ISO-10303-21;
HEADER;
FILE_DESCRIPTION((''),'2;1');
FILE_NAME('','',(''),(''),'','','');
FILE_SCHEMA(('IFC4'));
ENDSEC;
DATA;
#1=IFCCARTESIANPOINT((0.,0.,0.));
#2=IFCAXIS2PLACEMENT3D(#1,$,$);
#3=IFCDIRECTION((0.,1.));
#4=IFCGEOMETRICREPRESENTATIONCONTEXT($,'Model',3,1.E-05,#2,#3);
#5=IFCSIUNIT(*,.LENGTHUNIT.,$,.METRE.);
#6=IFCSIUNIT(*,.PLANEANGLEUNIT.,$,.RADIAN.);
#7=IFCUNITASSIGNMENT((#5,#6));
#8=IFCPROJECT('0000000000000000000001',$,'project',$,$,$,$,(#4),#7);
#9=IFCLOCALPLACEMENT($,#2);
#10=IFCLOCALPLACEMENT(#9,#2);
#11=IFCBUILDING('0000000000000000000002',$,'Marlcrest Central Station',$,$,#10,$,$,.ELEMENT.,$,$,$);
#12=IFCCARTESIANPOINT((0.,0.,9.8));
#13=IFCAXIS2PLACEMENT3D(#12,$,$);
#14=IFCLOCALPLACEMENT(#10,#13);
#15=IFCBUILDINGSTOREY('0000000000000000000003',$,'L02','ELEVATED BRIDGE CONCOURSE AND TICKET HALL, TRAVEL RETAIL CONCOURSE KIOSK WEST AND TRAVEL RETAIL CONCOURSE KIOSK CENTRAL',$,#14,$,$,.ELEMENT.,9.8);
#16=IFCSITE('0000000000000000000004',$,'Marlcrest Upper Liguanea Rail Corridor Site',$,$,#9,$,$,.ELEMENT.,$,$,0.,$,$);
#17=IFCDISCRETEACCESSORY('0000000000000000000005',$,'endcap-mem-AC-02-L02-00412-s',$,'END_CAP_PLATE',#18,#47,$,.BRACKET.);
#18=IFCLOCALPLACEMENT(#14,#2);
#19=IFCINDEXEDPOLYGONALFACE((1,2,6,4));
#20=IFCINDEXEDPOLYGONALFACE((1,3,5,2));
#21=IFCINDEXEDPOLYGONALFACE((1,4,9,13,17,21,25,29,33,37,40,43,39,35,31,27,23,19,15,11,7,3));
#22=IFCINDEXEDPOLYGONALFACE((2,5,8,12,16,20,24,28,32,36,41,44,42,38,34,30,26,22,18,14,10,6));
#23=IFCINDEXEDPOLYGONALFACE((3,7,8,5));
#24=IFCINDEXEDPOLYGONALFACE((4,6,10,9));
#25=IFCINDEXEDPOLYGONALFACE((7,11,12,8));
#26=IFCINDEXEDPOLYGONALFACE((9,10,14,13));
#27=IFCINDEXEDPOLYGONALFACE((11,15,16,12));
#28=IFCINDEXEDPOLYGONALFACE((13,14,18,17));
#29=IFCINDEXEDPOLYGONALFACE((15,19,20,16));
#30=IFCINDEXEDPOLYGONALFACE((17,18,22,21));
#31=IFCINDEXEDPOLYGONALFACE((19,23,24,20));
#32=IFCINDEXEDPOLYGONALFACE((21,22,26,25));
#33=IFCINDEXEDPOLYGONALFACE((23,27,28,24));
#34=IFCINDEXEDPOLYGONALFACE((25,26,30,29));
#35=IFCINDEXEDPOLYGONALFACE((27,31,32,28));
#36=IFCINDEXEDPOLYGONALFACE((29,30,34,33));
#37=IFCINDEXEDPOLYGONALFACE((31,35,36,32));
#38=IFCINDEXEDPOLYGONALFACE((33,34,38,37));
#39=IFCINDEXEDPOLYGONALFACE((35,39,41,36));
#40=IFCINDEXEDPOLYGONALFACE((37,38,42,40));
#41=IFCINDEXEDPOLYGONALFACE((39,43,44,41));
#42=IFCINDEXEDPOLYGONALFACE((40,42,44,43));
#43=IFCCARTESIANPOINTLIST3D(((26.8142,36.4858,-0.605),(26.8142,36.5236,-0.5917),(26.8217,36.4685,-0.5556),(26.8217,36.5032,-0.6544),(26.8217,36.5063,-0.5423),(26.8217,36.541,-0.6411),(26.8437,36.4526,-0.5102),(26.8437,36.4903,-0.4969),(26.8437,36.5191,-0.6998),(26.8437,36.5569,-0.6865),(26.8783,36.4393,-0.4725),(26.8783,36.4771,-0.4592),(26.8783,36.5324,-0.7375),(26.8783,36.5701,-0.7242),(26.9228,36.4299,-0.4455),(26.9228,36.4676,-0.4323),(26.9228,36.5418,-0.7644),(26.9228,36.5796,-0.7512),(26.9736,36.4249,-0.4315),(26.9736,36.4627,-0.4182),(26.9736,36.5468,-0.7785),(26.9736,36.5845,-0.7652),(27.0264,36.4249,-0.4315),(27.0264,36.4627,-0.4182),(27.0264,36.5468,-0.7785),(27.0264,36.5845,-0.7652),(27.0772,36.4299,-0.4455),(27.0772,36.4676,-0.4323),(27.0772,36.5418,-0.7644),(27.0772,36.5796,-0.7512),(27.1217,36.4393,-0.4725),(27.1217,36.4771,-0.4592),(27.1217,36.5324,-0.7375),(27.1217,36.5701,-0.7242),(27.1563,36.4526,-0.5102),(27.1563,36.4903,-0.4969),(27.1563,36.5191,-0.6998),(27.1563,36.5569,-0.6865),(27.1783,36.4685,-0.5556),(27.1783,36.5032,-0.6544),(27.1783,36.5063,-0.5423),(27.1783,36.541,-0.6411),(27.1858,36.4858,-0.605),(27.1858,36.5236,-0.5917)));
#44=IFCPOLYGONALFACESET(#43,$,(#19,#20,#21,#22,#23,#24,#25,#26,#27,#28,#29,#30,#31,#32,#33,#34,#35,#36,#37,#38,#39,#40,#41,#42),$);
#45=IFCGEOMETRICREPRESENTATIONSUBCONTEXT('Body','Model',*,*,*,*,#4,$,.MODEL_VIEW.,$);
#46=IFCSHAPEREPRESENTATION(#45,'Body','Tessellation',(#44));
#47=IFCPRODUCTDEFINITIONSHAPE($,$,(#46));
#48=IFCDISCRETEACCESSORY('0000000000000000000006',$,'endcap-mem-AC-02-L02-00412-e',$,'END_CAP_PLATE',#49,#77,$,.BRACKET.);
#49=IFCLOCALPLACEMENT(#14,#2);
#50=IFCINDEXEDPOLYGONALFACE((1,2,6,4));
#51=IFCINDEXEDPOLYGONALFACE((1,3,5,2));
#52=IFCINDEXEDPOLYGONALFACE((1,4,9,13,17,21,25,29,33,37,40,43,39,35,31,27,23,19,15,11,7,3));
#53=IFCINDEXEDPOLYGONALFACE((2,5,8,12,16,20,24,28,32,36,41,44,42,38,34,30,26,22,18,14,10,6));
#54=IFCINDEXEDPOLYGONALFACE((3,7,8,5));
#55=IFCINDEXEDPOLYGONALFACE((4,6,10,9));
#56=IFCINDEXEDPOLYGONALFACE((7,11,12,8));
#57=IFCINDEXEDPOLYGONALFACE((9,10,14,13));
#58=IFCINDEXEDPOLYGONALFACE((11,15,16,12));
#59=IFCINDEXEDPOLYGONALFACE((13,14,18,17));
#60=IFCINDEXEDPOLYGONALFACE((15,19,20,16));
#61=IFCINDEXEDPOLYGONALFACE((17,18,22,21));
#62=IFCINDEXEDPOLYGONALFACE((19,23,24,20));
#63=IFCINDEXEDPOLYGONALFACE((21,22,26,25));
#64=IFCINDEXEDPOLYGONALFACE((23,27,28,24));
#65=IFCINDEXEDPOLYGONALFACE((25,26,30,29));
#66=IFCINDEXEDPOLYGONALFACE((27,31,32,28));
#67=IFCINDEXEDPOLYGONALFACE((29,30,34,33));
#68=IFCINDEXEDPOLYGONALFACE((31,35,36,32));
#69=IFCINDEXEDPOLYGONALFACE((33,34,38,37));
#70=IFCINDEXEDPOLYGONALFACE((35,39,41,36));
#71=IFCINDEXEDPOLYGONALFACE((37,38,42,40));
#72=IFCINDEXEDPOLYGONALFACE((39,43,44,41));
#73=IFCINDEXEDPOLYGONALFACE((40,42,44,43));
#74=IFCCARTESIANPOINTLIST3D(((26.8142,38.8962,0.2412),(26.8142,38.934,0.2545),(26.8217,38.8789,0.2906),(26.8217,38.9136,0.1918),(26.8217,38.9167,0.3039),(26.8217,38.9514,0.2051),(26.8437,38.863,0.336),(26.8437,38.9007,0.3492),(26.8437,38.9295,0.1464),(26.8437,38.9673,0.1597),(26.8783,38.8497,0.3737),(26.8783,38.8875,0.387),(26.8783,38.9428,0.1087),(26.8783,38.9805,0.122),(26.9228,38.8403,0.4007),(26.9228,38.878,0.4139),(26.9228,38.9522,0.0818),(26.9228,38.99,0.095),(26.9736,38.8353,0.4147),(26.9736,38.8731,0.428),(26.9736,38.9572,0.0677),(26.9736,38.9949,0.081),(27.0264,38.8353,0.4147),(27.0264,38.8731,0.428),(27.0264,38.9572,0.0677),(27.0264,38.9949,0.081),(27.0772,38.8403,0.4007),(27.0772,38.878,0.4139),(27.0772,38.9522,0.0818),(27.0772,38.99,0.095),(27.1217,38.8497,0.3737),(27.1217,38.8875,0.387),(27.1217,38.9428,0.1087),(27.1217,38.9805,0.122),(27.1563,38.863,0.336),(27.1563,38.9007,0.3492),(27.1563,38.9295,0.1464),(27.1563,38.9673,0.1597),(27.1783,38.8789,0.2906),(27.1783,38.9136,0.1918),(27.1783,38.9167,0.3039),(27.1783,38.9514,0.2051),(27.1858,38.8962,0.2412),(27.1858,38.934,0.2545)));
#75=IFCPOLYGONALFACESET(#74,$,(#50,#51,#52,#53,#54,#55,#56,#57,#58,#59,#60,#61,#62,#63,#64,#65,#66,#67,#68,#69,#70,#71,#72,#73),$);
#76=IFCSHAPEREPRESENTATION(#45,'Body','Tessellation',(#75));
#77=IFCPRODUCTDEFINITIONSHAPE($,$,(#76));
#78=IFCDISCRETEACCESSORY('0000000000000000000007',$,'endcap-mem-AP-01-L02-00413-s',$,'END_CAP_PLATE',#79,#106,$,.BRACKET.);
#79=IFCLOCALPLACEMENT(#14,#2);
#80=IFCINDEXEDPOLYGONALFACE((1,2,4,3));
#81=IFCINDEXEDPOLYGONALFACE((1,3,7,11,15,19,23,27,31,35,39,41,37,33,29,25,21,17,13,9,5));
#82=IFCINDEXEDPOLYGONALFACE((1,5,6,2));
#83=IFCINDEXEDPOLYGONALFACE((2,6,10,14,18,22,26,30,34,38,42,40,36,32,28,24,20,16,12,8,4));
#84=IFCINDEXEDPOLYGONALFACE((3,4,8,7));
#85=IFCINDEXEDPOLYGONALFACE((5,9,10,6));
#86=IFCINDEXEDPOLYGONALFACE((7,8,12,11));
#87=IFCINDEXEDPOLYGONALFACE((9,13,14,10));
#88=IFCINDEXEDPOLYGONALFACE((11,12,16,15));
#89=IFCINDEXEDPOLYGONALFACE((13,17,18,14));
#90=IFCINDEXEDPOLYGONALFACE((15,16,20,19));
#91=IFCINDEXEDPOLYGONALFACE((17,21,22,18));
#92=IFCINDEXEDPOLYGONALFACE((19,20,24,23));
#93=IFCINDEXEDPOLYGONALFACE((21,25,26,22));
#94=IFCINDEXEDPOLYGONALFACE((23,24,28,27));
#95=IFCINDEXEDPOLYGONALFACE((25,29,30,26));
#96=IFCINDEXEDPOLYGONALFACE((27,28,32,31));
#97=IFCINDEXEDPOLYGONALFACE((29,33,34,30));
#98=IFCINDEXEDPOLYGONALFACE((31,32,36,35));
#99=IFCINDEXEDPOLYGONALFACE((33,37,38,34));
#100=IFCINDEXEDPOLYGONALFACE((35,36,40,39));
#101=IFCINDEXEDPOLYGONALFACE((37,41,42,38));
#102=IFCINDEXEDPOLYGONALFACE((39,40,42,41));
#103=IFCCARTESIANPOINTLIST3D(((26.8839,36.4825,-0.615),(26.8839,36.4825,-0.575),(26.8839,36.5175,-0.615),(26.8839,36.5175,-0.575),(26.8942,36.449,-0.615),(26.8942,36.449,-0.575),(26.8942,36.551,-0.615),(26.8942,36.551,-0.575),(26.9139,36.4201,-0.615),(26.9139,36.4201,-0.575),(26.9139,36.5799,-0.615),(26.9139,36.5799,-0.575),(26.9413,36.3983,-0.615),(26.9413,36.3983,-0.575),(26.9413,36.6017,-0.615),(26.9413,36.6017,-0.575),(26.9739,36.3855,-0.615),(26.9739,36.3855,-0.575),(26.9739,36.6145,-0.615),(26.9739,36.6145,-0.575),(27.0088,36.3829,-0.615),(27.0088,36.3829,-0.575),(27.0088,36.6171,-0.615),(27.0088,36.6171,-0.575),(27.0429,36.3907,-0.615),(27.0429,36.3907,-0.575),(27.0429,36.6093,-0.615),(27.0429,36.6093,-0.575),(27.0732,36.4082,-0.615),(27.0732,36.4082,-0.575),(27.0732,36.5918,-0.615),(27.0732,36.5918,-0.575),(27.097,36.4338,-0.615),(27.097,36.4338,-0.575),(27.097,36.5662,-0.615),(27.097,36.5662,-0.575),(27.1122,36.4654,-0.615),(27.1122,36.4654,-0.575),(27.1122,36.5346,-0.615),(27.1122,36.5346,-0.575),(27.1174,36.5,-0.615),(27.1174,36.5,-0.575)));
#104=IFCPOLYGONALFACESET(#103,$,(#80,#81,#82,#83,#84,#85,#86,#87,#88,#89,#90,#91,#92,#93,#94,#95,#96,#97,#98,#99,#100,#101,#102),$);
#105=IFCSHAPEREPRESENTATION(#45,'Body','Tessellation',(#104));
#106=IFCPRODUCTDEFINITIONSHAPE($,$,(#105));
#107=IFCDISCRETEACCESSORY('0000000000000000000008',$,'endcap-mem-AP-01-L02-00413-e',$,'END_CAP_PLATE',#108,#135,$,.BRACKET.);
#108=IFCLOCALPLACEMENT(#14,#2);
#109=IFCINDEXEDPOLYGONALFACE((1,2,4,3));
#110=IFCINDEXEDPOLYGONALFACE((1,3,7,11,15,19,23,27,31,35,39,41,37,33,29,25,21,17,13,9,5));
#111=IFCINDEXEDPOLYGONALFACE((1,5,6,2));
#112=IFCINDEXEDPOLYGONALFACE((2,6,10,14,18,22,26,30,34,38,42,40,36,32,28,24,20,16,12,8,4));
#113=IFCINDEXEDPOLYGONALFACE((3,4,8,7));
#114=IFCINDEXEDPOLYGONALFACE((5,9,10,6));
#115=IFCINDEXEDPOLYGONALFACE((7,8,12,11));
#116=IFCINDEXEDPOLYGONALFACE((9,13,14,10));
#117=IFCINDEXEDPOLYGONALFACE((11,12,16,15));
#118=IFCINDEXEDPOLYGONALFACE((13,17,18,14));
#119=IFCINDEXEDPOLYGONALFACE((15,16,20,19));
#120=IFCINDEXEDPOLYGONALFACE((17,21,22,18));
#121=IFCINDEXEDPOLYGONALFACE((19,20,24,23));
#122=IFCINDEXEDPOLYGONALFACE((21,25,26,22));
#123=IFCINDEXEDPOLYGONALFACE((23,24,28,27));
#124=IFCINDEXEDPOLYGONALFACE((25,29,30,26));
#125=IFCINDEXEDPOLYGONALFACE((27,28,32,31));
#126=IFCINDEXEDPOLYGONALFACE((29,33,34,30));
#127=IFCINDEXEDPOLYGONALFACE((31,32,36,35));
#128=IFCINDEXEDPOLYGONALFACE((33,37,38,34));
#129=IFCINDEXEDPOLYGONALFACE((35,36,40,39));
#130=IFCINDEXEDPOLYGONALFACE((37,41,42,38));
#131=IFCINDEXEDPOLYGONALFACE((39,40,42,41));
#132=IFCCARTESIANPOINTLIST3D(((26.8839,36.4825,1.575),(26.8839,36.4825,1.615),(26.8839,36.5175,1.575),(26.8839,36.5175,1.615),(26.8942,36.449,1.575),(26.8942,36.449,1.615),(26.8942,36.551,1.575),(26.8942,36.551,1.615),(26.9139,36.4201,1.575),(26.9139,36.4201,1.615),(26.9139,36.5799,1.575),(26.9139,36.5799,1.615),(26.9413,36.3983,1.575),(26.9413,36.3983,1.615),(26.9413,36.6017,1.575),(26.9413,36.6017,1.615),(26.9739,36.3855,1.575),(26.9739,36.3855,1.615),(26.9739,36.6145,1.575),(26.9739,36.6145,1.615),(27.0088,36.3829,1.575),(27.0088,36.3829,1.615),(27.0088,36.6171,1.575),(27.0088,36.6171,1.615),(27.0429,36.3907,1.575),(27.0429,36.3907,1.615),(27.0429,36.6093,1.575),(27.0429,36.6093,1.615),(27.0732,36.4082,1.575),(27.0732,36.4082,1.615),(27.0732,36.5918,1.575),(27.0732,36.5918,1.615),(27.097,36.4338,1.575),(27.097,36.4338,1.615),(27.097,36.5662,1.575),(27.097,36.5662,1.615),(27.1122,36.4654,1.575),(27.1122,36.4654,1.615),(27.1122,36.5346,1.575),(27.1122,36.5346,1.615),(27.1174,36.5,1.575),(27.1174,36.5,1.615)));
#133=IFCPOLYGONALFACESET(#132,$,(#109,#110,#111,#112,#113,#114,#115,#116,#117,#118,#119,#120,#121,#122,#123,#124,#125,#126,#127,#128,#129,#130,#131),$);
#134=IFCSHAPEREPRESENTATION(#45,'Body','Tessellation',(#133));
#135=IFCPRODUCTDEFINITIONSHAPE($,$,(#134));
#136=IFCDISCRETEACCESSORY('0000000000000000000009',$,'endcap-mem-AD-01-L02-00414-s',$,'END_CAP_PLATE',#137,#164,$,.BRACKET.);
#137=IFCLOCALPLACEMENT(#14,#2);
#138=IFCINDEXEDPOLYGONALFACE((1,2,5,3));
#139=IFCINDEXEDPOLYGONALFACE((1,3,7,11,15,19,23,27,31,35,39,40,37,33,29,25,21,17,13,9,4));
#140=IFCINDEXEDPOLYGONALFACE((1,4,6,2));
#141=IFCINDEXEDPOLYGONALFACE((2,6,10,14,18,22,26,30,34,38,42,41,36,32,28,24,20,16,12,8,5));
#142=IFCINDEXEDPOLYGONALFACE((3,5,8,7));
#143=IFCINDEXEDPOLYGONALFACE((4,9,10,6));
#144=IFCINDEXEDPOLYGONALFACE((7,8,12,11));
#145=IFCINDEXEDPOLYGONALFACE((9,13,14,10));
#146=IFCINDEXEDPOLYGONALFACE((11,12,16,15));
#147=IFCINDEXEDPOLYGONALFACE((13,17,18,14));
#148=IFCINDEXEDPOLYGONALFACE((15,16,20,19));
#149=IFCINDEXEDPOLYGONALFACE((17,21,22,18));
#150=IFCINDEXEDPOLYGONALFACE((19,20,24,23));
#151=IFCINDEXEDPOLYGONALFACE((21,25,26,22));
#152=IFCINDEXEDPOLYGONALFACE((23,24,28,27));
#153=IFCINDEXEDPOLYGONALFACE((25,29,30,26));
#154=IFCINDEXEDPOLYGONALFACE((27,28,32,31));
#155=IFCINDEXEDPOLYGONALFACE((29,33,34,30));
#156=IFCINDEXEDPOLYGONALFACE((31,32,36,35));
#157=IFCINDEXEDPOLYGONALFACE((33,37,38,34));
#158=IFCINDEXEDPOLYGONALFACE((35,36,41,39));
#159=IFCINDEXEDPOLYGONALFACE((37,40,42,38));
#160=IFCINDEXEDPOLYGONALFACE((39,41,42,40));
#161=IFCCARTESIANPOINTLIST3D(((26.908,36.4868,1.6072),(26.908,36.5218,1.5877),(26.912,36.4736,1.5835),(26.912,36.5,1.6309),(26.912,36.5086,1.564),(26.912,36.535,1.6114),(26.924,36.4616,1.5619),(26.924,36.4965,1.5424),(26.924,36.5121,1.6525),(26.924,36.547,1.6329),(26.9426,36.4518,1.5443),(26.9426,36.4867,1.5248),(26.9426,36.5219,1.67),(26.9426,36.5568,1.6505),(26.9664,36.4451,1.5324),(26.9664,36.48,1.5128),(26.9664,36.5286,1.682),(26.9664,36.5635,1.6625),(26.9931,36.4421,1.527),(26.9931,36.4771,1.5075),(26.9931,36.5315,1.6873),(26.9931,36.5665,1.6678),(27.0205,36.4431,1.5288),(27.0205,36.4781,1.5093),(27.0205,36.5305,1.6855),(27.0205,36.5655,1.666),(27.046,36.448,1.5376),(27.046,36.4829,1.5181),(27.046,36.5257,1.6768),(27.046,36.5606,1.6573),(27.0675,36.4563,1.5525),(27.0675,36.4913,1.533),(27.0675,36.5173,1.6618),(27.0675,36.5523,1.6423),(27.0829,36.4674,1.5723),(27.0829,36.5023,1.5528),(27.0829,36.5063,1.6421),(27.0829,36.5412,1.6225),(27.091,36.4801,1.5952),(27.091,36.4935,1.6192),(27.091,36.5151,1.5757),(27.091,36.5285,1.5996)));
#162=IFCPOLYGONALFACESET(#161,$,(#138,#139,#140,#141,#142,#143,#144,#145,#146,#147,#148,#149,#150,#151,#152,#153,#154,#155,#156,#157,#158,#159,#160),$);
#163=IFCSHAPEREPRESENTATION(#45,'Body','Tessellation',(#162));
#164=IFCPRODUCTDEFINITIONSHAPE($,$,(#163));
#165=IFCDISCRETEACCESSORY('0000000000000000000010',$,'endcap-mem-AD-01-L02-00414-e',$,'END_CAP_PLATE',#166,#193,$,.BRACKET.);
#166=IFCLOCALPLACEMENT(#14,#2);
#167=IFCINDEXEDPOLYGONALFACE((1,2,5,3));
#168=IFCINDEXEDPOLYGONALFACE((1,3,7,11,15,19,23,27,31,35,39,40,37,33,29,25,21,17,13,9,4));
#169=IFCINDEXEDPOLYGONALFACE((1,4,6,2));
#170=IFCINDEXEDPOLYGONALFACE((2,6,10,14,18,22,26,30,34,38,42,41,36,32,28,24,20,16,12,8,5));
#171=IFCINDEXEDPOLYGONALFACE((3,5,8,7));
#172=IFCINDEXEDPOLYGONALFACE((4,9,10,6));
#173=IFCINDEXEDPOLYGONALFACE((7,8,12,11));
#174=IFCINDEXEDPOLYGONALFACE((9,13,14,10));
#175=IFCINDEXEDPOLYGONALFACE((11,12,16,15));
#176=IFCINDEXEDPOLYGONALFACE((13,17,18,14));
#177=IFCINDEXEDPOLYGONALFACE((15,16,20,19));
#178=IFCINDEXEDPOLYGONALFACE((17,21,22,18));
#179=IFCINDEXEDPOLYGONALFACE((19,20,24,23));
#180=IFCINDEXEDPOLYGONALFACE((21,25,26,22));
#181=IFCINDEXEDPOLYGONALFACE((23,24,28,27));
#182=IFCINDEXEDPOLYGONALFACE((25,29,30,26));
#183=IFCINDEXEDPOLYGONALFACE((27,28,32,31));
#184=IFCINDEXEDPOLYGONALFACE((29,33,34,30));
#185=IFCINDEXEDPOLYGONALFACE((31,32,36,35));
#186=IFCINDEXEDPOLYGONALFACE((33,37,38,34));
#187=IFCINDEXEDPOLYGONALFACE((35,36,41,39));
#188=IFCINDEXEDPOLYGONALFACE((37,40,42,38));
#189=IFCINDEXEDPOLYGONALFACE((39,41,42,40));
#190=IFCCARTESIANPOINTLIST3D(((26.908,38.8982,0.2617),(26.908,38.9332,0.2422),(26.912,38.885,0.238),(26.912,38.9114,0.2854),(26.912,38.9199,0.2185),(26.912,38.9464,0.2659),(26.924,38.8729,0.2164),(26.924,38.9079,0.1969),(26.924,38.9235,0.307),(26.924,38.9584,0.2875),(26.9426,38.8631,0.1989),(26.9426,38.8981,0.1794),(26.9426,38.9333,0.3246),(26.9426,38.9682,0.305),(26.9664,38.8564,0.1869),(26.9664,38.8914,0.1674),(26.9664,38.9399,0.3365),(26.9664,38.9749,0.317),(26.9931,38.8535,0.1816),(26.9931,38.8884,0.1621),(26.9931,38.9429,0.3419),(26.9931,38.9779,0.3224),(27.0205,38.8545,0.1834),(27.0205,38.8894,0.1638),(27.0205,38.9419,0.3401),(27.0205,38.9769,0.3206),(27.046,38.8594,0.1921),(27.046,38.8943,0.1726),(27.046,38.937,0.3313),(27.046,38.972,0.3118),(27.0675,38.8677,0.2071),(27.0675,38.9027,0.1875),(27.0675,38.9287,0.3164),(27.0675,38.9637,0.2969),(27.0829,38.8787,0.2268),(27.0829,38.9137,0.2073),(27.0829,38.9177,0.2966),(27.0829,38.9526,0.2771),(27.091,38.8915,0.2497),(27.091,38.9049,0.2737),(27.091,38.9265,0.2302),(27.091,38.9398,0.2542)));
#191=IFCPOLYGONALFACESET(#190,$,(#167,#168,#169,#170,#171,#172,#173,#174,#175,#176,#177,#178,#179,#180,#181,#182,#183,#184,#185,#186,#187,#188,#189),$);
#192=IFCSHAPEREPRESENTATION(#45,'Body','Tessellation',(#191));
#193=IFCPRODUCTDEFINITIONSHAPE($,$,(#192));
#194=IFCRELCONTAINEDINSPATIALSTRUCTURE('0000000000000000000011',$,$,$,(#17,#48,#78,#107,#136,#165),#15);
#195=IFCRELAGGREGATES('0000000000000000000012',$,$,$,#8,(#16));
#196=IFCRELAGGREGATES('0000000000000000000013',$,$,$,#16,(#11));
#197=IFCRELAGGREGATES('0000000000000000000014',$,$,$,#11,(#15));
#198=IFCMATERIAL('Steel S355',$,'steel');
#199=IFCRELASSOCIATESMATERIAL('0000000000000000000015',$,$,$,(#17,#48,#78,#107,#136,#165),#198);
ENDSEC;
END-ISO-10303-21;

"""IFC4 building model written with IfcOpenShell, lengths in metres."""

from ifc_helpers import new_model, si_unit, direction, frame, origin, origin_2d, place, context, subcontext, project, spatial, circle, extrude, material, element, save


model = new_model("IFC4")

# Units and contexts
model_context = context("Model", 3, precision=1e-05, world=origin(), true_north=direction((0.0, 1.0)))
body_context = subcontext(model_context, "Body", "Model", "MODEL_VIEW")
ifc_project = project(units=[si_unit("LENGTHUNIT", "METRE"), si_unit("PLANEANGLEUNIT", "RADIAN")], contexts=[model_context])

# Site, building, storey
site_placement = place(None, origin())
site = spatial("IfcSite", under=ifc_project, at=site_placement, Name="Marlcrest Upper Liguanea Rail Corridor Site", CompositionType="ELEMENT", RefElevation=0.0)
building_placement = place(site_placement, origin())
building = spatial("IfcBuilding", under=site, at=building_placement, Name="Marlcrest Central Station", CompositionType="ELEMENT")
storey_placement = place(building_placement, frame((0.0, 0.0, 9.8)))
storey = spatial("IfcBuildingStorey", under=building, at=storey_placement, Name="L02", Description="ELEVATED BRIDGE CONCOURSE AND TICKET HALL, TRAVEL RETAIL CONCOURSE KIOSK WEST AND TRAVEL RETAIL CONCOURSE KIOSK CENTRAL", CompositionType="ELEMENT", Elevation=9.8)

# Shared definitions
ifc_material_1 = material(Name="Steel S355", Category="steel")

# Discrete accessories
for number, where, z_axis, x_axis, name in (
    (1, (27.0, 36.4858, -0.605), (0.0, 0.943537, 0.331266), (-1.0, 0.0, 0.0), "endcap-mem-AC-02-L02-00412-s"),
    (2, (27.0, 38.8962, 0.2412), (0.0, 0.943537, 0.331266), (-1.0, 0.0, 0.0), "endcap-mem-AC-02-L02-00412-e"),
):
    element("IfcDiscreteAccessory", number, at=place(storey_placement, frame(where, z_axis=z_axis, x_axis=x_axis)), inside=storey, material=ifc_material_1, Name=name, ObjectType="END_CAP_PLATE", PredefinedType="BRACKET", context=body_context, shape_type="SweptSolid", body=[
        extrude(circle(Radius=0.1858, at=origin_2d()), origin(), (0.0, 0.0, 1.0), 0.04),
    ])
for number, where, z_axis, x_axis, name in (
    (3, (27.0, 36.5, -0.615), (0.0, 0.0, 1.0), (1.0, 0.0, 0.0), "endcap-mem-AP-01-L02-00413-s"),
    (4, (27.0, 36.5, 1.575), (0.0, 0.0, 1.0), (1.0, 0.0, 0.0), "endcap-mem-AP-01-L02-00413-e"),
):
    element("IfcDiscreteAccessory", number, at=place(storey_placement, frame(where, z_axis=z_axis, x_axis=x_axis)), inside=storey, material=ifc_material_1, Name=name, ObjectType="END_CAP_PLATE", PredefinedType="BRACKET", context=body_context, shape_type="SweptSolid", body=[
        extrude(circle(Radius=0.1174, at=origin_2d()), origin(), (0.0, 0.0, 1.0), 0.04),
    ])
for number, where, z_axis, x_axis, name in (
    (5, (27.0, 36.4868, 1.6072), (0.0, 0.873246, -0.48728), (-1.0, 0.0, 0.0), "endcap-mem-AD-01-L02-00414-s"),
    (6, (27.0, 38.8982, 0.2617), (0.0, 0.873246, -0.48728), (-1.0, 0.0, 0.0), "endcap-mem-AD-01-L02-00414-e"),
):
    element("IfcDiscreteAccessory", number, at=place(storey_placement, frame(where, z_axis=z_axis, x_axis=x_axis)), inside=storey, material=ifc_material_1, Name=name, ObjectType="END_CAP_PLATE", PredefinedType="BRACKET", context=body_context, shape_type="SweptSolid", body=[
        extrude(circle(Radius=0.092, at=origin_2d()), origin(), (0.0, 0.0, 1.0), 0.04),
    ])

save(model, "model.ifc")
